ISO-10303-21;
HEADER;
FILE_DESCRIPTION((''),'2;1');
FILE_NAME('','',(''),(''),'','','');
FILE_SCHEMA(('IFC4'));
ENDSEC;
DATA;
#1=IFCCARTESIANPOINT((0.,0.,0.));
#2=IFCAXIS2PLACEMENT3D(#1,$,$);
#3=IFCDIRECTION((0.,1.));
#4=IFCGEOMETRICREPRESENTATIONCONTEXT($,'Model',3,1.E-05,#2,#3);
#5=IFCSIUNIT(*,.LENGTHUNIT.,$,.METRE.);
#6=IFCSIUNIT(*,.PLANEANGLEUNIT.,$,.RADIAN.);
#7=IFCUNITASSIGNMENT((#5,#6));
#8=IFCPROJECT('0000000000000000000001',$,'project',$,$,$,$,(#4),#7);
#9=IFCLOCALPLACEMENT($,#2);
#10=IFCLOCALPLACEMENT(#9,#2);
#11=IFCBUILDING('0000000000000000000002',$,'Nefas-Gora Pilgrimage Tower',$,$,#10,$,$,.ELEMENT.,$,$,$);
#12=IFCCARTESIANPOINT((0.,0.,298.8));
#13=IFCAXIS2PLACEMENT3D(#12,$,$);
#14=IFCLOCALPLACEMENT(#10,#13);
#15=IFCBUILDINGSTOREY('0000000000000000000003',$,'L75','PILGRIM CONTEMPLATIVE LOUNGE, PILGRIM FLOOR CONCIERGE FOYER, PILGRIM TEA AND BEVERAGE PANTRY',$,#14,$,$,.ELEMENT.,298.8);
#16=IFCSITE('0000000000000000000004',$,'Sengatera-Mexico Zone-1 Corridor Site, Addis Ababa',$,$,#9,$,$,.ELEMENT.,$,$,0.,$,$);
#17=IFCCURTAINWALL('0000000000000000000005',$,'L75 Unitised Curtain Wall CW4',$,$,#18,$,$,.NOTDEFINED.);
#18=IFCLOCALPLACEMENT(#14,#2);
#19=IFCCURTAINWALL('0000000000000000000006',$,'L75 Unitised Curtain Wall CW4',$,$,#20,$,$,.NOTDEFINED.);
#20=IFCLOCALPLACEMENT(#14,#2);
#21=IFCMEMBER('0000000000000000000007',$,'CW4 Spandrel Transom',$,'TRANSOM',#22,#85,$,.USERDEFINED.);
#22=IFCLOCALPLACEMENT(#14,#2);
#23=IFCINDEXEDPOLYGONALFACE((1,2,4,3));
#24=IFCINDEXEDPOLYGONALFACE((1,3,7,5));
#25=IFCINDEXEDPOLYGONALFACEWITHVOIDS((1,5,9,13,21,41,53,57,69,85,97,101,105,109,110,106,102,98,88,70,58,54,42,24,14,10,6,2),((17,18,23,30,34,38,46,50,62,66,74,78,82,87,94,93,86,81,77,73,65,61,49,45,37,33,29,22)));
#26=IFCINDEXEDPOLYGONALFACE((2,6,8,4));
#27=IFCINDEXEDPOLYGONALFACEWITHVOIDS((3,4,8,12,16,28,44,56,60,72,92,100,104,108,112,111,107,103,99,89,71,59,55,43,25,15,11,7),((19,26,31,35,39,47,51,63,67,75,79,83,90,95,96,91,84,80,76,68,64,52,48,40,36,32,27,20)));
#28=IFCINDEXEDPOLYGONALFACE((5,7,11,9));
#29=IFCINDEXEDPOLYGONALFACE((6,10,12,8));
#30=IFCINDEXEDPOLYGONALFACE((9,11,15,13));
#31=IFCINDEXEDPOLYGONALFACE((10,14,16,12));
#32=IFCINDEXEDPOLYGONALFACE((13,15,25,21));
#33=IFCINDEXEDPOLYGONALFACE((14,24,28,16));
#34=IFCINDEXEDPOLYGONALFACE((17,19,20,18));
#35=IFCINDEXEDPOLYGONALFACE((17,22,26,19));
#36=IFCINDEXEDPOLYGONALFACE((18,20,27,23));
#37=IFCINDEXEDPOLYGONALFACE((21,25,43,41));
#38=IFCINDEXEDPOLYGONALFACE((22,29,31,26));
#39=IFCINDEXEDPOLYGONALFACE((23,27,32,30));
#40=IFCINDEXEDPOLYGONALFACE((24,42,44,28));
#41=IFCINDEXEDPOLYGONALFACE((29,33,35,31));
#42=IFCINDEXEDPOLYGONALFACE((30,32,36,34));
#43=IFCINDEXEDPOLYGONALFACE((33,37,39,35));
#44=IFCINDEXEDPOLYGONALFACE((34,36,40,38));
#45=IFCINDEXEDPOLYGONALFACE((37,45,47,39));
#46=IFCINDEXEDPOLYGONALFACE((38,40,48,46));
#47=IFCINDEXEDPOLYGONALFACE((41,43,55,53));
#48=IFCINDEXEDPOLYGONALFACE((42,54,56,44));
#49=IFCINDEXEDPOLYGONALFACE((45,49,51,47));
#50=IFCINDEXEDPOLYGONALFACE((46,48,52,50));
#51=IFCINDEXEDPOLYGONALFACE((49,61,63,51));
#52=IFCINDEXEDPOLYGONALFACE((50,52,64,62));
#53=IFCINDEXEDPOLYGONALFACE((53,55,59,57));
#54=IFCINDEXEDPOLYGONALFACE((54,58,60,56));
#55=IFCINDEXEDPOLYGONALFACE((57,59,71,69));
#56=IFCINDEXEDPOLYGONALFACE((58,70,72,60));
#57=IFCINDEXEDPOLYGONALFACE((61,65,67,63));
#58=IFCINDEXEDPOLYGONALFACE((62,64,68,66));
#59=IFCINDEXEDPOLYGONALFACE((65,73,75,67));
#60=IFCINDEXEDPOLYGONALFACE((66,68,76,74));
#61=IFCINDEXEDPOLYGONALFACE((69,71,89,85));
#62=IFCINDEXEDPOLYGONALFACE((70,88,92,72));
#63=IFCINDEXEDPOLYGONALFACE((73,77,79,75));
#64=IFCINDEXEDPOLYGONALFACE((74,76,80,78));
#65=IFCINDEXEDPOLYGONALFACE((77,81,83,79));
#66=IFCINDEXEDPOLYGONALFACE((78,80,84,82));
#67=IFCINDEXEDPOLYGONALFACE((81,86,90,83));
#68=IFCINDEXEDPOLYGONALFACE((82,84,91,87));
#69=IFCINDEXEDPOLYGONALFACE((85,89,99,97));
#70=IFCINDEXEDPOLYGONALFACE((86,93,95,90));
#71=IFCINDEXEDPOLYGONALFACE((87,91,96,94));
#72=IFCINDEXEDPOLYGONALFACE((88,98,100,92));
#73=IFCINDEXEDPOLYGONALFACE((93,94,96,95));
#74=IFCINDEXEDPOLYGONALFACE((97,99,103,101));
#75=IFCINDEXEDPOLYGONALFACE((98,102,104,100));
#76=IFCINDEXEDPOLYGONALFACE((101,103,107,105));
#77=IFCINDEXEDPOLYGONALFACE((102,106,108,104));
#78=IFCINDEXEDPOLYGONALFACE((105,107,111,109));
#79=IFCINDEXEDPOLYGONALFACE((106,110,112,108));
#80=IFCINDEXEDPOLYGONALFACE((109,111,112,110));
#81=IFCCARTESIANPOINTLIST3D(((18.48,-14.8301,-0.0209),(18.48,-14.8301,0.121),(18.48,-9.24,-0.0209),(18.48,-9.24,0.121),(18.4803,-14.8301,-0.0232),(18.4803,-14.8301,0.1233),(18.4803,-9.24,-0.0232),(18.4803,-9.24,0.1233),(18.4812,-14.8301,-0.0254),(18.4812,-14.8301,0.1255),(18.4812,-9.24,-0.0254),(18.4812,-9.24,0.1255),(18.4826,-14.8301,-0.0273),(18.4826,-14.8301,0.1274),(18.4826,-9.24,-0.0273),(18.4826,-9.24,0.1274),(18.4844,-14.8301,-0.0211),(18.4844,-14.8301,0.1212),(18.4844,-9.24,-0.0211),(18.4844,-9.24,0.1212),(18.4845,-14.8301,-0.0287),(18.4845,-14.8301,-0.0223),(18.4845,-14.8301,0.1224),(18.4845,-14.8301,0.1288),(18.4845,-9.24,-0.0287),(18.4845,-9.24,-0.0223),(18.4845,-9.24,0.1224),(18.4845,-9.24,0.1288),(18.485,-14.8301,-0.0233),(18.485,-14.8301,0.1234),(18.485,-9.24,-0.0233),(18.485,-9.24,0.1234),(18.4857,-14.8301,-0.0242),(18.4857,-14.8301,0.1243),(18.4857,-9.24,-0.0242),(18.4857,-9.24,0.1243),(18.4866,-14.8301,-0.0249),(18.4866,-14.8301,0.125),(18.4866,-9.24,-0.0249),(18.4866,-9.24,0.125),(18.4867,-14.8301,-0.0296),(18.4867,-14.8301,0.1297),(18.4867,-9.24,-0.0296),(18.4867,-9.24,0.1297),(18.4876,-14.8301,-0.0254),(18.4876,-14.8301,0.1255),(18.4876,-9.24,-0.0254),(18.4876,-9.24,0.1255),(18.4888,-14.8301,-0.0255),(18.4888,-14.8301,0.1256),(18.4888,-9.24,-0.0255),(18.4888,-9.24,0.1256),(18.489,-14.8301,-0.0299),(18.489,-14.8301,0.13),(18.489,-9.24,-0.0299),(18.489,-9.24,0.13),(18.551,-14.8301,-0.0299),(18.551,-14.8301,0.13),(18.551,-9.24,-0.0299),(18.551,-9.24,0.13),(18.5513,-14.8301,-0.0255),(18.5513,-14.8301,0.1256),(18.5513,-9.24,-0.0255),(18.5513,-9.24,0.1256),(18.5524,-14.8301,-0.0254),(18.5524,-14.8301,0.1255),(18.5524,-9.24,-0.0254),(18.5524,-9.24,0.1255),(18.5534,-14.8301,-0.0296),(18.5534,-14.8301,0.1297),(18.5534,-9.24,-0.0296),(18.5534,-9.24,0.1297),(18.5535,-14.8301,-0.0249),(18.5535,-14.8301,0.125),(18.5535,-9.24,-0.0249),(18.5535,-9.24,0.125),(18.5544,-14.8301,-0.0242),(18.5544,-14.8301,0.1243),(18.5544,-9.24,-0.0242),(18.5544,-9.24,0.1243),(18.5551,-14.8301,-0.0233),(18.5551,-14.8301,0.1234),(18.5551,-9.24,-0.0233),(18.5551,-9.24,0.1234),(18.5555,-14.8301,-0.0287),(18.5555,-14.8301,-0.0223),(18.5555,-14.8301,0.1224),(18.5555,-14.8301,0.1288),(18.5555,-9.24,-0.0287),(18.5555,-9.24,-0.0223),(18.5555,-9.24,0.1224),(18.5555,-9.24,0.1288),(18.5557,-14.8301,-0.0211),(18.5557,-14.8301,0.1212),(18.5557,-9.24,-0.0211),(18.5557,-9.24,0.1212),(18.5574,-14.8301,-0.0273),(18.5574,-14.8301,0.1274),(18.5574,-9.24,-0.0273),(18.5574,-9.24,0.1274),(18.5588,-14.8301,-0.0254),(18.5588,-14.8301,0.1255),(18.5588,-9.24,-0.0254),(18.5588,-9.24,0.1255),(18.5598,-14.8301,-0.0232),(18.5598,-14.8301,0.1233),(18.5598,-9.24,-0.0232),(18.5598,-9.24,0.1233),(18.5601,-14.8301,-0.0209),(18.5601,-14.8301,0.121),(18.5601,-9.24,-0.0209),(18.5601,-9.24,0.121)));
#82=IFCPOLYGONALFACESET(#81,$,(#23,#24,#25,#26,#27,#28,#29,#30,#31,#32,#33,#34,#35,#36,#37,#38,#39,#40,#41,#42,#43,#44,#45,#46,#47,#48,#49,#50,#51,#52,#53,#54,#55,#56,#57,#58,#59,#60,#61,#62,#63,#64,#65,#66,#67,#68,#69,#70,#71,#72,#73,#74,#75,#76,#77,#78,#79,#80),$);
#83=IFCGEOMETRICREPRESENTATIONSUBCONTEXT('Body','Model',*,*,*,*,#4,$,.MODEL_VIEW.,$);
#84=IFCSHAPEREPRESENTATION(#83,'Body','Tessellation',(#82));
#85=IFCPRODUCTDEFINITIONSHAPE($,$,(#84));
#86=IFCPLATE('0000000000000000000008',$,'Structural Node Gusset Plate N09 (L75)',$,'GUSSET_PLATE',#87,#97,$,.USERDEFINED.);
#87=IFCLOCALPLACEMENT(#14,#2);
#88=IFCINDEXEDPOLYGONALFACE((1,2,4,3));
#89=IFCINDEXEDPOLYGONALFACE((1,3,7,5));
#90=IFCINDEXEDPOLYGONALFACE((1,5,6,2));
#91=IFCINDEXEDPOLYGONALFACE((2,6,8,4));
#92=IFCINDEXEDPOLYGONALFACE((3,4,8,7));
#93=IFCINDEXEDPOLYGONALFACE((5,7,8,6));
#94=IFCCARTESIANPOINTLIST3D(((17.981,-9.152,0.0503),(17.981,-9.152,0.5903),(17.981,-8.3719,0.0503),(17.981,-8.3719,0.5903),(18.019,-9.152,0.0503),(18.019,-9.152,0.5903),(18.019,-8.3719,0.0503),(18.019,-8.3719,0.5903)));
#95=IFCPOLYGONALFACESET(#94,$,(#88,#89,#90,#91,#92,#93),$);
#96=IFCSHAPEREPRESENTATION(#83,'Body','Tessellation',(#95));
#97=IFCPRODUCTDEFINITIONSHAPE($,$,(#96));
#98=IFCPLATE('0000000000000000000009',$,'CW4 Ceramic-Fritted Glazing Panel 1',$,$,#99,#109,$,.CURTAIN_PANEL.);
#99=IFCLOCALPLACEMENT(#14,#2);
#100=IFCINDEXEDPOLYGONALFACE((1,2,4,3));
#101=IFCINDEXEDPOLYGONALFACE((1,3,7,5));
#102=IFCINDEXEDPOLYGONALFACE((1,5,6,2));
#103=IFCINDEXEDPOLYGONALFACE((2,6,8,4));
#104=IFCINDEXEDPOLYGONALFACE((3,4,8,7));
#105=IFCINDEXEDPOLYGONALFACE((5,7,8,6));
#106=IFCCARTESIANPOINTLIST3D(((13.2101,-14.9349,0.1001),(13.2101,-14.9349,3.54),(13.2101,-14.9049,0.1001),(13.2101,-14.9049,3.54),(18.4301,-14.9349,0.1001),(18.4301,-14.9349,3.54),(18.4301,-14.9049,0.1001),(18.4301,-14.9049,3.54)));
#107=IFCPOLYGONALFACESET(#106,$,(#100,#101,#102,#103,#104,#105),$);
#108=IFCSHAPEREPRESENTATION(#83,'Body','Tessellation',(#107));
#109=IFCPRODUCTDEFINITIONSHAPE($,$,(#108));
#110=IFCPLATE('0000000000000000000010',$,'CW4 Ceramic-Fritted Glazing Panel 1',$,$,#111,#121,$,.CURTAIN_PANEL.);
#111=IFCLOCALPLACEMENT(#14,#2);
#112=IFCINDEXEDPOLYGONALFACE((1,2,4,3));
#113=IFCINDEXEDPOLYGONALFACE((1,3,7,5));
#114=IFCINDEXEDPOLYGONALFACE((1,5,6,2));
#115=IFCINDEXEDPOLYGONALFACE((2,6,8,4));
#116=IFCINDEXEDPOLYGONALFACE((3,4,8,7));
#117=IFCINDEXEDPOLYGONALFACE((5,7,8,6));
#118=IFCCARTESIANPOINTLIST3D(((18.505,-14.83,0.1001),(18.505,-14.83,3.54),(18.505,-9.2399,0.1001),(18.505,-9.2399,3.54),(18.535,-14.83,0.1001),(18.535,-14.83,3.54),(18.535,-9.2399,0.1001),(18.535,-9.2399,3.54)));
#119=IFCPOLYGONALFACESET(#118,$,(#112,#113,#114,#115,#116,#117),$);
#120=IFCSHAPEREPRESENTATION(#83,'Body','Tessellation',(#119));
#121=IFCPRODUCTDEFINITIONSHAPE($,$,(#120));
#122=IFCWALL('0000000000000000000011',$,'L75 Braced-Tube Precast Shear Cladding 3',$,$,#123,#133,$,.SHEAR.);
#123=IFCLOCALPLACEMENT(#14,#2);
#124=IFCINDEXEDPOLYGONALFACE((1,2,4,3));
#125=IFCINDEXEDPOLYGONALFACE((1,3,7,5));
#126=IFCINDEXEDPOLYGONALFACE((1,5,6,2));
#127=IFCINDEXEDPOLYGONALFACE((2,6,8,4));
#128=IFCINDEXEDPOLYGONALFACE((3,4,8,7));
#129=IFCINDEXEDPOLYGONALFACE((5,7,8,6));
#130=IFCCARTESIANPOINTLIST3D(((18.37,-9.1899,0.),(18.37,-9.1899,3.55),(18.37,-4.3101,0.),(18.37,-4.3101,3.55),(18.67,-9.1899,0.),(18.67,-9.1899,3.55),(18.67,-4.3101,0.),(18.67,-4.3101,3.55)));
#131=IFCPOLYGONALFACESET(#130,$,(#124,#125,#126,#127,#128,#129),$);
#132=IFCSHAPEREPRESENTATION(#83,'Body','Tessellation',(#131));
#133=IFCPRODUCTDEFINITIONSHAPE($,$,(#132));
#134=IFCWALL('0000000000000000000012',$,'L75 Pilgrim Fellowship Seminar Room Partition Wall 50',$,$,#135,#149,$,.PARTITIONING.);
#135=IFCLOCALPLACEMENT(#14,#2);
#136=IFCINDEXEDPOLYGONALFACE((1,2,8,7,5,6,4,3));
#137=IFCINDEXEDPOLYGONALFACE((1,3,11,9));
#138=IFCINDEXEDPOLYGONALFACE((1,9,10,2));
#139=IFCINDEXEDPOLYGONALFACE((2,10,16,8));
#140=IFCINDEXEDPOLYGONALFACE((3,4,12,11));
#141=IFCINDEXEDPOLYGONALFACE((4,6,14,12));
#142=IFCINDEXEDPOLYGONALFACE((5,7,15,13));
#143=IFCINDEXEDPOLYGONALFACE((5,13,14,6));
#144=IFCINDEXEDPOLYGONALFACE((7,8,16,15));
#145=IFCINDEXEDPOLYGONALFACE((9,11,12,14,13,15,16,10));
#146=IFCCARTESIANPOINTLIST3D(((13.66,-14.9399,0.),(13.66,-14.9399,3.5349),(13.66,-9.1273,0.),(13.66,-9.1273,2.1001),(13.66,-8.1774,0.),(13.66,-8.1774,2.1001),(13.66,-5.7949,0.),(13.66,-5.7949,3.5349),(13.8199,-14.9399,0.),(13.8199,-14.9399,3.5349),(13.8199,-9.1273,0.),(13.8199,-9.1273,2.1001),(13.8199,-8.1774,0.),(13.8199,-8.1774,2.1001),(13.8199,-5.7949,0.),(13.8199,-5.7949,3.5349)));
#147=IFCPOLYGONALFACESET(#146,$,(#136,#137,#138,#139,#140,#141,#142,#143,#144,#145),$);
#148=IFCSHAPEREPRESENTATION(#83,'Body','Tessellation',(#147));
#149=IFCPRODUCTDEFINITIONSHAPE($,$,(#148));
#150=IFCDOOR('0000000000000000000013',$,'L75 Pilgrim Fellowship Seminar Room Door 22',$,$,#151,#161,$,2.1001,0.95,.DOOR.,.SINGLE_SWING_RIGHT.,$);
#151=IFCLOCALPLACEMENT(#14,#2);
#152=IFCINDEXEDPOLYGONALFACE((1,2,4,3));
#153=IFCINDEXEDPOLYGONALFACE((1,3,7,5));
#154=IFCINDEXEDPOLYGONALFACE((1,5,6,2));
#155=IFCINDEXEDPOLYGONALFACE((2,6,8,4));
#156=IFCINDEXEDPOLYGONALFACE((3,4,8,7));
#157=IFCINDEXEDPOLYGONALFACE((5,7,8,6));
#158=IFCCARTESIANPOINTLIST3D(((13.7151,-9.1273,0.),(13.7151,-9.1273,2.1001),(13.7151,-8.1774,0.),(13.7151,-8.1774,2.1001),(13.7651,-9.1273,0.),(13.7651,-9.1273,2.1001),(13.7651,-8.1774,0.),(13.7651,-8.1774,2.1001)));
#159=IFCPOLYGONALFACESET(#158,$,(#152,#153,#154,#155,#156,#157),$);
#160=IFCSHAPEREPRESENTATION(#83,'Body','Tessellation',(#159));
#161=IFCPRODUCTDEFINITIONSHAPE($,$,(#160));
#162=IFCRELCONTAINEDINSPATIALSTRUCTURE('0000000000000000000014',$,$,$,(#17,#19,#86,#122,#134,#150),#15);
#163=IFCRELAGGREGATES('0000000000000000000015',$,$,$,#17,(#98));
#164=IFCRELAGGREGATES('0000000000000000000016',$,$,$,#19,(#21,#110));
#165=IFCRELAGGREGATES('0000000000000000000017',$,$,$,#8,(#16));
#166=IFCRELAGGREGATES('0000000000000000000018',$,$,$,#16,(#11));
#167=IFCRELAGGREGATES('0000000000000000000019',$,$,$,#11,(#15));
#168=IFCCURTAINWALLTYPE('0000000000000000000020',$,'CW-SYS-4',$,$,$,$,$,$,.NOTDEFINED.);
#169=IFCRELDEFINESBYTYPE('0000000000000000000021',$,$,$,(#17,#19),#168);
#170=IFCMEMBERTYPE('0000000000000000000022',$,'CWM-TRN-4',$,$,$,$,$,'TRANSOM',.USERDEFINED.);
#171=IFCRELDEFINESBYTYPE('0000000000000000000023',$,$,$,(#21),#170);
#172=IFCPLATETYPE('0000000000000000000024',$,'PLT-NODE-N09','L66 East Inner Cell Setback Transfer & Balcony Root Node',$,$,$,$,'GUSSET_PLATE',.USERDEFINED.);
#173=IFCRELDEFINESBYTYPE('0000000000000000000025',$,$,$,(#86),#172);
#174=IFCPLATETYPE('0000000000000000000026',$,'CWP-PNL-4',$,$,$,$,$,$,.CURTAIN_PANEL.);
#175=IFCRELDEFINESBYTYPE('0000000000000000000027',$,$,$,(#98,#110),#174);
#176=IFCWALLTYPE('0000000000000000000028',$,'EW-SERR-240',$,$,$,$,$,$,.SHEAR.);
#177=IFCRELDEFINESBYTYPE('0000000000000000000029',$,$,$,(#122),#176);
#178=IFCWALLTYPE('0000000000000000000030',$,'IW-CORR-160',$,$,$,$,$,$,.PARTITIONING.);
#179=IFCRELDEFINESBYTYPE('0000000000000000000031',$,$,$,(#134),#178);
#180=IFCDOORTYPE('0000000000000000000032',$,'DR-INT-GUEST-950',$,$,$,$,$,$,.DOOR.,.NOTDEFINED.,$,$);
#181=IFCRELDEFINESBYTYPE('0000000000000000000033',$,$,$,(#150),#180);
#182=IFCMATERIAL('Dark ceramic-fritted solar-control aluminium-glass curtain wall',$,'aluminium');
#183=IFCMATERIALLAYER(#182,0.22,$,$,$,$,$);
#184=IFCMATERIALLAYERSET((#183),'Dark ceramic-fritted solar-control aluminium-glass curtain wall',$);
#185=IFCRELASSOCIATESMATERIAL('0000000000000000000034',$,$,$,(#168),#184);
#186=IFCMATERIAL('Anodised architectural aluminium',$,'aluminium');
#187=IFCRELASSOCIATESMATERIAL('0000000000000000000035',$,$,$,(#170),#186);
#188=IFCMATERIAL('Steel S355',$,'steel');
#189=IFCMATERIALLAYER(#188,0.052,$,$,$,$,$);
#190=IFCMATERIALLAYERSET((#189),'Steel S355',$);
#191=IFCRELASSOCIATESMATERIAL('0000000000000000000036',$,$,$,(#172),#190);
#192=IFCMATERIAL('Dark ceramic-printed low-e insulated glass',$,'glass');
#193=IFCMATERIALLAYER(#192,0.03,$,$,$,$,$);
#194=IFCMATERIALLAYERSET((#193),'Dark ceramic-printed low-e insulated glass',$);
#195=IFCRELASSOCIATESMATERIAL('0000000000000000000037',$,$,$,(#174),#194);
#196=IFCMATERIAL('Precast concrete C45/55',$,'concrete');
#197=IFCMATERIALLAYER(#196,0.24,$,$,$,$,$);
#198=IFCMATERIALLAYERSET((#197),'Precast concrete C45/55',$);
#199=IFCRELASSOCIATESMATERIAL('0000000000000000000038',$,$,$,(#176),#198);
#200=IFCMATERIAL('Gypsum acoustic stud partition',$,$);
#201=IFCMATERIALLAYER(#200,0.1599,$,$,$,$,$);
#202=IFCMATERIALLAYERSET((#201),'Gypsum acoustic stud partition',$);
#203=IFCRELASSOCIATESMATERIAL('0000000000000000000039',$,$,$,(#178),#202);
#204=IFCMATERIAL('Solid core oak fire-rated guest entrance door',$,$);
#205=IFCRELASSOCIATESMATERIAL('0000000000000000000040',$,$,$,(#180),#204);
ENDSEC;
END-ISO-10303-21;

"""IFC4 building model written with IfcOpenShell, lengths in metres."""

from ifc_helpers import new_model, si_unit, direction, frame, frame_2d, origin, origin_2d, place, context, subcontext, project, spatial, rectangle, hollow_rectangle, extrude, source, transform, mapped, material, layer, layer_set, material_profile, profile_set, type_object, element, fill, aggregate, save


model = new_model("IFC4")

# Units and contexts
model_context = context("Model", 3, precision=1e-05, world=origin(), true_north=direction((0.0, 1.0)))
body_context = subcontext(model_context, "Body", "Model", "MODEL_VIEW")
ifc_project = project(units=[si_unit("LENGTHUNIT", "METRE"), si_unit("PLANEANGLEUNIT", "RADIAN")], contexts=[model_context])

# Site, building, storey
site_placement = place(None, origin())
site = spatial("IfcSite", under=ifc_project, at=site_placement, Name="Sengatera-Mexico Zone-1 Corridor Site, Addis Ababa", CompositionType="ELEMENT", RefElevation=0.0)
building_placement = place(site_placement, origin())
building = spatial("IfcBuilding", under=site, at=building_placement, Name="Nefas-Gora Pilgrimage Tower", CompositionType="ELEMENT")
storey_placement = place(building_placement, frame((0.0, 0.0, 298.8)))
storey = spatial("IfcBuildingStorey", under=building, at=storey_placement, Name="L75", Description="PILGRIM CONTEMPLATIVE LOUNGE, PILGRIM FLOOR CONCIERGE FOYER, PILGRIM TEA AND BEVERAGE PANTRY", CompositionType="ELEMENT", Elevation=298.8)

# Shared definitions
ifc_material_1 = material(Name="Steel S355", Category="steel")

# Curtain wall
ifc_material_2 = material(Name="Dark ceramic-fritted solar-control aluminium-glass curtain wall", Category="aluminium")
ifc_layer_1 = layer(ifc_material_2, 0.22)
ifc_layer_set_1 = layer_set([ifc_layer_1], Name="Dark ceramic-fritted solar-control aluminium-glass curtain wall")
curtain_wall_type = type_object("IfcCurtainWallType", Name="CW-SYS-4", PredefinedType="NOTDEFINED", material=ifc_layer_set_1)
curtain_wall_1_placement = place(storey_placement, origin())
curtain_wall_1 = element("IfcCurtainWall", 1, at=curtain_wall_1_placement, inside=storey, type_object=curtain_wall_type, Name="L75 Unitised Curtain Wall CW4", PredefinedType="NOTDEFINED")
ifc_material_3 = material(Name="Anodised architectural aluminium", Category="aluminium")

# Curtain wall
curtain_wall_2_placement = place(storey_placement, origin())
curtain_wall_2 = element("IfcCurtainWall", 2, at=curtain_wall_2_placement, inside=storey, type_object=curtain_wall_type, Name="L75 Unitised Curtain Wall CW4", PredefinedType="NOTDEFINED")

# Member
ifc_material_profile_1 = material_profile(ifc_material_3, hollow_rectangle(XDim=0.0801, YDim=0.1599, WallThickness=0.0044, InnerFilletRadius=0.0044, OuterFilletRadius=0.009, at=origin_2d()), Name="ALU TRANSOM 80x160")
ifc_profile_set_1 = profile_set([ifc_material_profile_1], Name="Anodised architectural aluminium")
member_type_1 = type_object("IfcMemberType", Name="CWM-TRN-4", ElementType="TRANSOM", PredefinedType="USERDEFINED", material=ifc_profile_set_1)
shared_shape_1 = source(origin(), body_context, "Body", "SweptSolid", [
    extrude(hollow_rectangle(XDim=0.0801, YDim=0.1599, WallThickness=0.0044, InnerFilletRadius=0.0044, OuterFilletRadius=0.009, at=origin_2d()), origin(), (0.0, 0.0, 1.0), 5.5901),
])
member_1_placement = place(storey_placement, frame((18.52, -14.8301, 0.05), z_axis=(0.0, 1.0, 0.0), x_axis=(-1.0, 0.0, 0.0)))
member_1 = element("IfcMember", 3, at=member_1_placement, type_object=member_type_1, Name="CW4 Spandrel Transom", ObjectType="TRANSOM", PredefinedType="USERDEFINED", context=body_context, shape_type="MappedRepresentation", body=[
    mapped(shared_shape_1, transform((0.0, 0.0, 0.0), x_axis=(1.0, 0.0, 0.0), y_axis=(0.0, 1.0, 0.0), z_axis=(0.0, 0.0, 1.0), scale=1.0)),
])

# Plates
ifc_layer_2 = layer(ifc_material_1, 0.052)
ifc_layer_set_2 = layer_set([ifc_layer_2], Name="Steel S355")
plate_type_1 = type_object("IfcPlateType", Name="PLT-NODE-N09", Description="L66 East Inner Cell Setback Transfer & Balcony Root Node", ElementType="GUSSET_PLATE", PredefinedType="USERDEFINED", material=ifc_layer_set_2)
shared_shape_2 = source(origin(), body_context, "Body", "SweptSolid", [
    extrude(rectangle(XDim=0.78, YDim=0.0381, at=origin_2d()), origin(), (0.0, 0.0, 1.0), 0.54),
])
plate_1_placement = place(storey_placement, frame((18.0, -8.762, 0.0503), z_axis=(0.0, 0.0, 1.0), x_axis=(0.0, 1.0, 0.0)))
element("IfcPlate", 4, at=plate_1_placement, inside=storey, type_object=plate_type_1, Name="Structural Node Gusset Plate N09 (L75)", ObjectType="GUSSET_PLATE", PredefinedType="USERDEFINED", context=body_context, shape_type="MappedRepresentation", body=[
    mapped(shared_shape_2, transform((0.0, 0.0, 0.0), x_axis=(1.0, 0.0, 0.0), y_axis=(0.0, 1.0, 0.0), z_axis=(0.0, 0.0, 1.0), scale=1.0)),
])
ifc_material_4 = material(Name="Dark ceramic-printed low-e insulated glass", Category="glass")
ifc_layer_3 = layer(ifc_material_4, 0.03)
ifc_layer_set_3 = layer_set([ifc_layer_3], Name="Dark ceramic-printed low-e insulated glass")
plate_type_2 = type_object("IfcPlateType", Name="CWP-PNL-4", PredefinedType="CURTAIN_PANEL", material=ifc_layer_set_3)
shared_shape_3 = source(origin(), body_context, "Body", "SweptSolid", [
    extrude(rectangle(XDim=5.22, YDim=0.03, at=origin_2d()), origin(), (0.0, 0.0, 1.0), 3.4399),
])
plate_2_placement = place(storey_placement, frame((15.8201, -14.9199, 0.1001), z_axis=(0.0, 0.0, 1.0), x_axis=(1.0, 0.0, 0.0)))
plate_2 = element("IfcPlate", 5, at=plate_2_placement, type_object=plate_type_2, Name="CW4 Ceramic-Fritted Glazing Panel 1", PredefinedType="CURTAIN_PANEL", context=body_context, shape_type="MappedRepresentation", body=[
    mapped(shared_shape_3, transform((0.0, 0.0, 0.0), x_axis=(1.0, 0.0, 0.0), y_axis=(0.0, 1.0, 0.0), z_axis=(0.0, 0.0, 1.0), scale=1.0)),
])
aggregate(curtain_wall_1, [plate_2])
shared_shape_4 = source(origin(), body_context, "Body", "SweptSolid", [
    extrude(rectangle(XDim=5.5901, YDim=0.03, at=origin_2d()), origin(), (0.0, 0.0, 1.0), 3.4399),
])
plate_3_placement = place(storey_placement, frame((18.52, -12.0349, 0.1001), z_axis=(0.0, 0.0, 1.0), x_axis=(0.0, 1.0, 0.0)))
plate_3 = element("IfcPlate", 6, at=plate_3_placement, type_object=plate_type_2, Name="CW4 Ceramic-Fritted Glazing Panel 1", PredefinedType="CURTAIN_PANEL", context=body_context, shape_type="MappedRepresentation", body=[
    mapped(shared_shape_4, transform((0.0, 0.0, 0.0), x_axis=(1.0, 0.0, 0.0), y_axis=(0.0, 1.0, 0.0), z_axis=(0.0, 0.0, 1.0), scale=1.0)),
])
aggregate(curtain_wall_2, [member_1, plate_3])

# Wall
ifc_material_5 = material(Name="Precast concrete C45/55", Category="concrete")
ifc_layer_4 = layer(ifc_material_5, 0.24)
ifc_layer_set_4 = layer_set([ifc_layer_4], Name="Precast concrete C45/55")
wall_type_1 = type_object("IfcWallType", Name="EW-SERR-240", PredefinedType="SHEAR", material=ifc_layer_set_4)
shared_shape_5 = source(origin(), body_context, "Body", "SweptSolid", [
    extrude(rectangle(XDim=4.8799, YDim=0.3, at=frame_2d((2.4399, 0.0))), origin(), (0.0, 0.0, 1.0), 3.55),
])
wall_1_placement = place(storey_placement, frame((18.52, -9.1899, 0.0), z_axis=(0.0, 0.0, 1.0), x_axis=(0.0, 1.0, 0.0)))
element("IfcWall", 7, at=wall_1_placement, inside=storey, type_object=wall_type_1, Name="L75 Braced-Tube Precast Shear Cladding 3", PredefinedType="SHEAR", context=body_context, shape_type="MappedRepresentation", body=[
    mapped(shared_shape_5, transform((0.0, 0.0, 0.0), x_axis=(1.0, 0.0, 0.0), y_axis=(0.0, 1.0, 0.0), z_axis=(0.0, 0.0, 1.0), scale=1.0)),
])

# Wall, opening, door
ifc_material_6 = material(Name="Gypsum acoustic stud partition")
ifc_layer_5 = layer(ifc_material_6, 0.1599)
ifc_layer_set_5 = layer_set([ifc_layer_5], Name="Gypsum acoustic stud partition")
wall_type_2 = type_object("IfcWallType", Name="IW-CORR-160", PredefinedType="PARTITIONING", material=ifc_layer_set_5)
shared_shape_6 = source(origin(), body_context, "Body", "SweptSolid", [
    extrude(rectangle(XDim=9.145, YDim=0.1599, at=frame_2d((4.5725, 0.0))), origin(), (0.0, 0.0, 1.0), 3.5349),
])
wall_2_placement = place(storey_placement, frame((13.74, -14.9399, 0.0), z_axis=(0.0, 0.0, 1.0), x_axis=(0.0, 1.0, 0.0)))
wall_2 = element("IfcWall", 8, at=wall_2_placement, inside=storey, type_object=wall_type_2, Name="L75 Pilgrim Fellowship Seminar Room Partition Wall 50", PredefinedType="PARTITIONING", context=body_context, shape_type="MappedRepresentation", body=[
    mapped(shared_shape_6, transform((0.0, 0.0, 0.0), x_axis=(1.0, 0.0, 0.0), y_axis=(0.0, 1.0, 0.0), z_axis=(0.0, 0.0, 1.0), scale=1.0)),
])
opening_placement = place(wall_2_placement, frame((5.8125, 0.0, 0.0)))
opening = element("IfcOpeningElement", 9, at=opening_placement, cuts=wall_2, PredefinedType="OPENING", context=body_context, shape_type="SweptSolid", body=[
    extrude(rectangle(XDim=0.95, YDim=2.1001, at=frame_2d((0.4751, 1.05))), frame((0.0, 0.0898, 0.0), z_axis=(0.0, -1.0, 0.0), x_axis=(1.0, 0.0, 0.0)), (0.0, 0.0, 1.0), 0.1799),
])
ifc_material_7 = material(Name="Solid core oak fire-rated guest entrance door")
door_type = type_object("IfcDoorType", Name="DR-INT-GUEST-950", OperationType="NOTDEFINED", PredefinedType="DOOR", material=ifc_material_7)
shared_shape_7 = source(origin(), body_context, "Body", "SweptSolid", [
    extrude(rectangle(XDim=0.95, YDim=2.1001, at=frame_2d((0.4751, 1.05))), frame((0.0, 0.0249, 0.0), z_axis=(0.0, -1.0, 0.0), x_axis=(1.0, 0.0, 0.0)), (0.0, 0.0, 1.0), 0.05),
])
door_placement = place(opening_placement, origin())
door = element("IfcDoor", 10, at=door_placement, inside=storey, type_object=door_type, Name="L75 Pilgrim Fellowship Seminar Room Door 22", OperationType="SINGLE_SWING_RIGHT", OverallHeight=2.1001, OverallWidth=0.95, PredefinedType="DOOR", context=body_context, shape_type="MappedRepresentation", body=[
    mapped(shared_shape_7, transform((0.0, 0.0, 0.0), x_axis=(1.0, 0.0, 0.0), y_axis=(0.0, 1.0, 0.0), z_axis=(0.0, 0.0, 1.0), scale=1.0)),
])
fill(opening, door)

save(model, "model.ifc")
